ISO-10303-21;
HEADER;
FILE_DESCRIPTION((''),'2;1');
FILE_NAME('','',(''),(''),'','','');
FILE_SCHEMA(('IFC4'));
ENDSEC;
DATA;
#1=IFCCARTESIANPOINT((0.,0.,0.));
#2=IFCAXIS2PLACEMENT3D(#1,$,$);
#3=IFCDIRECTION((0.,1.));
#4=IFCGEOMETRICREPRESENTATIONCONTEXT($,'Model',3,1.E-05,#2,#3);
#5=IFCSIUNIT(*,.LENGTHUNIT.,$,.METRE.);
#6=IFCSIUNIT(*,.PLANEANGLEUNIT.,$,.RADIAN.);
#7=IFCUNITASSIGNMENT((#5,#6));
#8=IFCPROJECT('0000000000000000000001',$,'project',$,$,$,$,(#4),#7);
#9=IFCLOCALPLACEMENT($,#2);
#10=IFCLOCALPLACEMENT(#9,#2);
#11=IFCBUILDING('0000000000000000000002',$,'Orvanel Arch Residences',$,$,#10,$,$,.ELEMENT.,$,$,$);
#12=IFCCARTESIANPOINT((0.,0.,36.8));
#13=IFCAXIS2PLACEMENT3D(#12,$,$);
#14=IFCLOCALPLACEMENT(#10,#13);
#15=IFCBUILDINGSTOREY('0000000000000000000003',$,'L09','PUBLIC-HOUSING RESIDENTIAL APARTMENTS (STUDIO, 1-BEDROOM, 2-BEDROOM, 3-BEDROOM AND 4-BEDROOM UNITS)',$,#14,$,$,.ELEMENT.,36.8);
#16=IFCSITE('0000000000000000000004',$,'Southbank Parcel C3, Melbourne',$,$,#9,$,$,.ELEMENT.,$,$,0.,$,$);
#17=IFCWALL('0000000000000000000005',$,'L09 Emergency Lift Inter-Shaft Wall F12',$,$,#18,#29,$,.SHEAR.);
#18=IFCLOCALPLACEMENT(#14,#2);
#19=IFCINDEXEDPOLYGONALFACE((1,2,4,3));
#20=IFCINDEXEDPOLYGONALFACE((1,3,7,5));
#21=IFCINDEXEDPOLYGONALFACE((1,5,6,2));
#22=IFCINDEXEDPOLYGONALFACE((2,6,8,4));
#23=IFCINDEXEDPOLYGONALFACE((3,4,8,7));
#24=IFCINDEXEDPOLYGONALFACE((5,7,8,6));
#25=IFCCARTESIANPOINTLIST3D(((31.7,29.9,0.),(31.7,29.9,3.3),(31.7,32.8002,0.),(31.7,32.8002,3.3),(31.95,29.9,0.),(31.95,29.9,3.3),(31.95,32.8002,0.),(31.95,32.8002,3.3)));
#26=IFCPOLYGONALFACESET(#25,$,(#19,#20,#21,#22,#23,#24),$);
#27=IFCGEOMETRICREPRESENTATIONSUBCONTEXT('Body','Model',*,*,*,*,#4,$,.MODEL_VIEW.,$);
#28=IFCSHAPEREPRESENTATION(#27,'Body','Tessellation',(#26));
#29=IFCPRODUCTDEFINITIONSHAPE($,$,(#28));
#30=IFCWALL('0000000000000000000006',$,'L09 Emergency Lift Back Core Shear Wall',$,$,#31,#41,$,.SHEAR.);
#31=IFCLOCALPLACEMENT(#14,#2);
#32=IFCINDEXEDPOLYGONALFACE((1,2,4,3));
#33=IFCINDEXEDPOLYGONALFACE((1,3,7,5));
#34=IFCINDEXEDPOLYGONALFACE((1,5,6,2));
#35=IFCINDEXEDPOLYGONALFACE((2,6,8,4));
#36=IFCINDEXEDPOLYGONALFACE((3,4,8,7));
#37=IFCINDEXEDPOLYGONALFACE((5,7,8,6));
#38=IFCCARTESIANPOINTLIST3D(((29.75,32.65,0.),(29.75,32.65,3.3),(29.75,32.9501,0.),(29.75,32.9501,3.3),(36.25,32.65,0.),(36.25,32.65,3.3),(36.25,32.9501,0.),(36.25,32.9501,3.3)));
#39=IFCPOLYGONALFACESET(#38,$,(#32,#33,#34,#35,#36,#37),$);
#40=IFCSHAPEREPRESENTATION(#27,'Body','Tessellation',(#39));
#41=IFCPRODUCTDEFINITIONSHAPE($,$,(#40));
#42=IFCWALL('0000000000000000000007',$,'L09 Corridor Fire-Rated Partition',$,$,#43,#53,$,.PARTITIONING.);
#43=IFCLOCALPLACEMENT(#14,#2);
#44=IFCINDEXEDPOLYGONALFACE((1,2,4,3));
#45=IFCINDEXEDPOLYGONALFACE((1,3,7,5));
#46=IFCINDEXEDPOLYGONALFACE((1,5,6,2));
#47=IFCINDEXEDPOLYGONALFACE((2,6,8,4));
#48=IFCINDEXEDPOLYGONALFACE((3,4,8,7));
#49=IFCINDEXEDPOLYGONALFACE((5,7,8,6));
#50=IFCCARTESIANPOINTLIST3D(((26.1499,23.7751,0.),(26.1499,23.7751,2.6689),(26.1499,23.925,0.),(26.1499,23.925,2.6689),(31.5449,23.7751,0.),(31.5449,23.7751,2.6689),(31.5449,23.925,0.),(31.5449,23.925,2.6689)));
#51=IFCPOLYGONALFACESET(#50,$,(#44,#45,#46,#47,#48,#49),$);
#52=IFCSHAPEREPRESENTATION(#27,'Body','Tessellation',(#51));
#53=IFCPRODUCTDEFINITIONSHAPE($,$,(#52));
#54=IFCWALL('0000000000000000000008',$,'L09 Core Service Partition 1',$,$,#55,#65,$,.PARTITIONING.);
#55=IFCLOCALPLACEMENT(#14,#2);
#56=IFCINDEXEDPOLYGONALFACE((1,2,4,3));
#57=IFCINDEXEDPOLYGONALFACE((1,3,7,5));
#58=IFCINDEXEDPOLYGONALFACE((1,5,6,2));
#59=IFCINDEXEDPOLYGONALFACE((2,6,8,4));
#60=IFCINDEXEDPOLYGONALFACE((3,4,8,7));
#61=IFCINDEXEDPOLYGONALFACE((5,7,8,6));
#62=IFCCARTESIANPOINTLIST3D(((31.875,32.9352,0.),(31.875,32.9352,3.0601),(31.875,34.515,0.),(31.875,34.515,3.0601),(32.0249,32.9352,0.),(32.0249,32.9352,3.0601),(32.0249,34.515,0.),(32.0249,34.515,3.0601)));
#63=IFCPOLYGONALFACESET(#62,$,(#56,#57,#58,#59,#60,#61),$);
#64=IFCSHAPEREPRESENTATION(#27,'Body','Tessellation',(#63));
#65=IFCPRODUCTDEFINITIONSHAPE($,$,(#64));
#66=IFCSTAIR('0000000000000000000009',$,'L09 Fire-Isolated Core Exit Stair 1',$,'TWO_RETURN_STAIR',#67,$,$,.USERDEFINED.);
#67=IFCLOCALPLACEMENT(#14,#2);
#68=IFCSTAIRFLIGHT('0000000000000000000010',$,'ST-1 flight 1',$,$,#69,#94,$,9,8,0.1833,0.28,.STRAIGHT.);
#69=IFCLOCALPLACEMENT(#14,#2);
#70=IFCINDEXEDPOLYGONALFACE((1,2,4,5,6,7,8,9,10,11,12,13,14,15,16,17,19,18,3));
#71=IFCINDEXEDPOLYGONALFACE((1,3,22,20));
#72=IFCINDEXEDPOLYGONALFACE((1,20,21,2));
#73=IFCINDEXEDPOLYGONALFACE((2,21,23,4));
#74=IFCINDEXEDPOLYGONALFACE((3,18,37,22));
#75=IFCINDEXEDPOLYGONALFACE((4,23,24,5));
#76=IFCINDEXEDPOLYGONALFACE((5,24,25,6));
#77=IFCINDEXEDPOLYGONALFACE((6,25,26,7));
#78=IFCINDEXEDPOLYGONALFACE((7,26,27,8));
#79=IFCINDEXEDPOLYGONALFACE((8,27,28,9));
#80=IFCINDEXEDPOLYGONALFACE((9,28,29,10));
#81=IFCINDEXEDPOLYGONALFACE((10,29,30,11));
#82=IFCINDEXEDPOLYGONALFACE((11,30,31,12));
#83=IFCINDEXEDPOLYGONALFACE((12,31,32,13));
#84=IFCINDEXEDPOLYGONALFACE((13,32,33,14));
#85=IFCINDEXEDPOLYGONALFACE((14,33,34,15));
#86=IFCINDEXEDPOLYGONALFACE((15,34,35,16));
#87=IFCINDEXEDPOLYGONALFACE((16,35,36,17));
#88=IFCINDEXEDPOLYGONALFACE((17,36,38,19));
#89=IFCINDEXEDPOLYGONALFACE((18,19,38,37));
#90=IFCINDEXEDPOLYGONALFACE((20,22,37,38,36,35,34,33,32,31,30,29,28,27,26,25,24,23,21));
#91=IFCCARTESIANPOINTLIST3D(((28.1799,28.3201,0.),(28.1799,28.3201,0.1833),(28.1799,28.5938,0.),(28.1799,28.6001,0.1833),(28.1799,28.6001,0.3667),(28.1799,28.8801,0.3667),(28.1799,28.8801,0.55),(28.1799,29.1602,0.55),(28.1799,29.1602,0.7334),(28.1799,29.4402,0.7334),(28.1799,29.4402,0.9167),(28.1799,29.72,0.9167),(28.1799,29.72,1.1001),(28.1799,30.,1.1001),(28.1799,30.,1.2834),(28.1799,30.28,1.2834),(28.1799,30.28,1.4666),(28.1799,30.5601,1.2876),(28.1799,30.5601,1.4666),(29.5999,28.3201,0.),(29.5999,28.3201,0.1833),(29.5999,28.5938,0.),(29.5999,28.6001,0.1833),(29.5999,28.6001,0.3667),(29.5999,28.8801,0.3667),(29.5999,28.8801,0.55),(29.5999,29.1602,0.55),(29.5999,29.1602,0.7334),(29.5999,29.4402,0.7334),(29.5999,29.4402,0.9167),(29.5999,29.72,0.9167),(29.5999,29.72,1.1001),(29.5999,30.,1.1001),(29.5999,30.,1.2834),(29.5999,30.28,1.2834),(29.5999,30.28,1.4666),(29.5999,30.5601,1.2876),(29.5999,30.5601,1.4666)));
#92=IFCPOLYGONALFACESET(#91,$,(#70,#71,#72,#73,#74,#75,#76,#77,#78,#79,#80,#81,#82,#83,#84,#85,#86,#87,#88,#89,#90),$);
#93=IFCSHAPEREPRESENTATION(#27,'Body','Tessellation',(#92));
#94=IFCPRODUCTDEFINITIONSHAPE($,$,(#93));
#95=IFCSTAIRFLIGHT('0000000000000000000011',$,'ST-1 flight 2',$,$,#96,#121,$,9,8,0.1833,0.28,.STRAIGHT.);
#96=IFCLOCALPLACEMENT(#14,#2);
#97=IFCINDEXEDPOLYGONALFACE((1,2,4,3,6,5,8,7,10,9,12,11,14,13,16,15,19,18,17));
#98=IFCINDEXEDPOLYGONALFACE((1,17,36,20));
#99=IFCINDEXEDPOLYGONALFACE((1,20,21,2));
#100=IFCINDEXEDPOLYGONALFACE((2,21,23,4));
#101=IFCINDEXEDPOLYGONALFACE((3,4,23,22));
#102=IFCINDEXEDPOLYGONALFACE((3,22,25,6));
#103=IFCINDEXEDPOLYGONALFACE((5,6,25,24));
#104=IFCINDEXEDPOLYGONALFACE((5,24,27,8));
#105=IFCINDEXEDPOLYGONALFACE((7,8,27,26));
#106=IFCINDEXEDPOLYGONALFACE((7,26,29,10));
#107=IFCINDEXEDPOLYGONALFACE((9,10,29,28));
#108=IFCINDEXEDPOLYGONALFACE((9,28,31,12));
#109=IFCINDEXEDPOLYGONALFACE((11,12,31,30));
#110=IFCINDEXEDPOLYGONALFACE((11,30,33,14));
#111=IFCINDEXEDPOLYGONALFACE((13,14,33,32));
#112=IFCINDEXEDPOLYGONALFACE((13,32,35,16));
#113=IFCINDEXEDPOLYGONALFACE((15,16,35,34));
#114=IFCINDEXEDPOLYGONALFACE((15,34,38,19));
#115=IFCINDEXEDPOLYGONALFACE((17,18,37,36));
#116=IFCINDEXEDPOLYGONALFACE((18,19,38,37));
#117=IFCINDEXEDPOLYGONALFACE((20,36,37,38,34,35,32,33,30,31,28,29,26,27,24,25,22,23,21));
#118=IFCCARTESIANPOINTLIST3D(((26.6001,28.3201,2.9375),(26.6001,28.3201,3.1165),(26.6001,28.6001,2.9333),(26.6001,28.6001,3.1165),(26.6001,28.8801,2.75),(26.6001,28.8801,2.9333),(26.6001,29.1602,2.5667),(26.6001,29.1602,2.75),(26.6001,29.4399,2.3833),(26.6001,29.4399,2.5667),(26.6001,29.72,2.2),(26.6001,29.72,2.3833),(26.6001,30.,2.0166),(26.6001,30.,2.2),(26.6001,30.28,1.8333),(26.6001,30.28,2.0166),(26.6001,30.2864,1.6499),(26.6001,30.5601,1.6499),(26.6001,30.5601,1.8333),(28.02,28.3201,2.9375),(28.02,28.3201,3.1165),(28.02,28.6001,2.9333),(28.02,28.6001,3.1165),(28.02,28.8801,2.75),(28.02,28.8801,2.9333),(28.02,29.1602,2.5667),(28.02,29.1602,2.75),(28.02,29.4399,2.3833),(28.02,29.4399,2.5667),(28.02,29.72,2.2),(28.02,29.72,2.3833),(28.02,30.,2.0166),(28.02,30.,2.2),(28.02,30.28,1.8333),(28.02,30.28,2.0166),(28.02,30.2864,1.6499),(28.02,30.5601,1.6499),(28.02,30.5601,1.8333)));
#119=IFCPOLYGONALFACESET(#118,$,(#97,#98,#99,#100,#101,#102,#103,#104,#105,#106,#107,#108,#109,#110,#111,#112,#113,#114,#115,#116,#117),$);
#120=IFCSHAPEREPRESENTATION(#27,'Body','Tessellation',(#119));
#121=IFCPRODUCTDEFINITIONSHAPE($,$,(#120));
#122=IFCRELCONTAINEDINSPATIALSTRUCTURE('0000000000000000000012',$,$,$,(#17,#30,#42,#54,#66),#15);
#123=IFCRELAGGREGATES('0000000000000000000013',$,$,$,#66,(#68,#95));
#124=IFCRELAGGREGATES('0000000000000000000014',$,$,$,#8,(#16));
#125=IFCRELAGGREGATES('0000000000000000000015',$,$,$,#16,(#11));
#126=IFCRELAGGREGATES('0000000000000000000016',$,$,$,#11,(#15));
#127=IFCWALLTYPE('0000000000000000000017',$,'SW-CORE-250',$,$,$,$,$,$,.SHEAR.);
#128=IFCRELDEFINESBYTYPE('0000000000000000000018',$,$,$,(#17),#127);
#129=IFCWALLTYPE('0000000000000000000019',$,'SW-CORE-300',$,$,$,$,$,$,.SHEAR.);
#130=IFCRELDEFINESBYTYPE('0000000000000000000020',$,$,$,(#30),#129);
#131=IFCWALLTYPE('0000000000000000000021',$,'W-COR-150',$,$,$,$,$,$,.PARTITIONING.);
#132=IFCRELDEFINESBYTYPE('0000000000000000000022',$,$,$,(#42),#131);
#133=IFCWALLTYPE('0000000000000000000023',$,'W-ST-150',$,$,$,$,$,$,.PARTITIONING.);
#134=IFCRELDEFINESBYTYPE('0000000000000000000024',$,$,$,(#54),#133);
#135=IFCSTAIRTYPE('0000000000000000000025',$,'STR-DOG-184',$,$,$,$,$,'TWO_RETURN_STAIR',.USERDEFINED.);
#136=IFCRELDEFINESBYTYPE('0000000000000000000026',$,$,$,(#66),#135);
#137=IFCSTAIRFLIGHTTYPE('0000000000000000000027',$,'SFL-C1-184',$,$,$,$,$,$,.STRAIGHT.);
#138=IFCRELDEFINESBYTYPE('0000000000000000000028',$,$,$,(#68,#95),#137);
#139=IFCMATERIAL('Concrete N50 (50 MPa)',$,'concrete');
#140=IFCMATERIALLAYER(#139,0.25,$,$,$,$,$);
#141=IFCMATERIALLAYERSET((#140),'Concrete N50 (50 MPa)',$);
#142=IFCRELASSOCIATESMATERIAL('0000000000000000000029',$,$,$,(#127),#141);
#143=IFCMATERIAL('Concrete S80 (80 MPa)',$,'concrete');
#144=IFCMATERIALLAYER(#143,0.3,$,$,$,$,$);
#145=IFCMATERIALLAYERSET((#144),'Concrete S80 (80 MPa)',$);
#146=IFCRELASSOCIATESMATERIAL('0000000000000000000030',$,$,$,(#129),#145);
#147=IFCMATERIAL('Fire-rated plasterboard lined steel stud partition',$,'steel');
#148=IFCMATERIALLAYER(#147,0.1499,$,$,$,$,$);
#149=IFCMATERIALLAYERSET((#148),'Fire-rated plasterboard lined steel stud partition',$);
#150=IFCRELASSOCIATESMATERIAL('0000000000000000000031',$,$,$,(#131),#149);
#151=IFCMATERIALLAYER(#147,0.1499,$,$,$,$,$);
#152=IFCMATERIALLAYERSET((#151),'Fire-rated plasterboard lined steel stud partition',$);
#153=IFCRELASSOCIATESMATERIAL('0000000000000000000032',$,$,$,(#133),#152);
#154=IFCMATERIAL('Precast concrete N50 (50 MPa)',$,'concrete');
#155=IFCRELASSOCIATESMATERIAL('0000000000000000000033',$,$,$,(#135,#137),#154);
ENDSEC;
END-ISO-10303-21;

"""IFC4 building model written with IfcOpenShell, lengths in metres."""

from ifc_helpers import new_model, si_unit, direction, frame, frame_2d, origin, place, context, subcontext, project, spatial, polyline, rectangle, outline, extrude, material, layer, layer_set, type_object, element, aggregate, save


model = new_model("IFC4")

# Units and contexts
model_context = context("Model", 3, precision=1e-05, world=origin(), true_north=direction((0.0, 1.0)))
body_context = subcontext(model_context, "Body", "Model", "MODEL_VIEW")
ifc_project = project(units=[si_unit("LENGTHUNIT", "METRE"), si_unit("PLANEANGLEUNIT", "RADIAN")], contexts=[model_context])

# Site, building, storey
site_placement = place(None, origin())
site = spatial("IfcSite", under=ifc_project, at=site_placement, Name="Southbank Parcel C3, Melbourne", CompositionType="ELEMENT", RefElevation=0.0)
building_placement = place(site_placement, origin())
building = spatial("IfcBuilding", under=site, at=building_placement, Name="Orvanel Arch Residences", CompositionType="ELEMENT")
storey_placement = place(building_placement, frame((0.0, 0.0, 36.8)))
storey = spatial("IfcBuildingStorey", under=building, at=storey_placement, Name="L09", Description="PUBLIC-HOUSING RESIDENTIAL APARTMENTS (STUDIO, 1-BEDROOM, 2-BEDROOM, 3-BEDROOM AND 4-BEDROOM UNITS)", CompositionType="ELEMENT", Elevation=36.8)

# Wall
ifc_material_1 = material(Name="Concrete N50 (50 MPa)", Category="concrete")
ifc_layer_1 = layer(ifc_material_1, 0.25)
ifc_layer_set_1 = layer_set([ifc_layer_1], Name="Concrete N50 (50 MPa)")
wall_type_1 = type_object("IfcWallType", Name="SW-CORE-250", PredefinedType="SHEAR", material=ifc_layer_set_1)
wall_1_placement = place(storey_placement, frame((31.825, 29.8999, 0.0), z_axis=(0.0, 0.0, 1.0), x_axis=(0.0, 1.0, 0.0)))
element("IfcWall", 1, at=wall_1_placement, inside=storey, type_object=wall_type_1, Name="L09 Emergency Lift Inter-Shaft Wall F12", PredefinedType="SHEAR", context=body_context, shape_type="SweptSolid", body=[
    extrude(rectangle(XDim=2.9001, YDim=0.25, at=frame_2d((1.4502, 0.0))), origin(), (0.0, 0.0, 1.0), 3.3),
])

# Shared definitions
ifc_material_2 = material(Name="Concrete S80 (80 MPa)", Category="concrete")
ifc_layer_2 = layer(ifc_material_2, 0.3)
ifc_layer_set_2 = layer_set([ifc_layer_2], Name="Concrete S80 (80 MPa)")
wall_type_2 = type_object("IfcWallType", Name="SW-CORE-300", PredefinedType="SHEAR", material=ifc_layer_set_2)

# Walls
wall_2_placement = place(storey_placement, frame((29.75, 32.8, 0.0), z_axis=(0.0, 0.0, 1.0), x_axis=(1.0, 0.0, 0.0)))
element("IfcWall", 2, at=wall_2_placement, inside=storey, type_object=wall_type_2, Name="L09 Emergency Lift Back Core Shear Wall", PredefinedType="SHEAR", context=body_context, shape_type="SweptSolid", body=[
    extrude(rectangle(XDim=6.5, YDim=0.3, at=frame_2d((3.25, 0.0))), origin(), (0.0, 0.0, 1.0), 3.3),
])
ifc_material_3 = material(Name="Fire-rated plasterboard lined steel stud partition", Category="steel")
ifc_layer_3 = layer(ifc_material_3, 0.1499)
ifc_layer_set_3 = layer_set([ifc_layer_3], Name="Fire-rated plasterboard lined steel stud partition")
wall_type_3 = type_object("IfcWallType", Name="W-COR-150", PredefinedType="PARTITIONING", material=ifc_layer_set_3)
wall_3_placement = place(storey_placement, frame((31.5449, 23.8501, 0.0), z_axis=(0.0, 0.0, 1.0), x_axis=(-1.0, 0.0, 0.0)))
element("IfcWall", 3, at=wall_3_placement, inside=storey, type_object=wall_type_3, Name="L09 Corridor Fire-Rated Partition", PredefinedType="PARTITIONING", context=body_context, shape_type="SweptSolid", body=[
    extrude(rectangle(XDim=5.395, YDim=0.1499, at=frame_2d((2.6975, 0.0))), origin(), (0.0, 0.0, 1.0), 2.6689),
])
ifc_layer_4 = layer(ifc_material_3, 0.1499)
ifc_layer_set_4 = layer_set([ifc_layer_4], Name="Fire-rated plasterboard lined steel stud partition")
wall_type_4 = type_object("IfcWallType", Name="W-ST-150", PredefinedType="PARTITIONING", material=ifc_layer_set_4)
wall_4_placement = place(storey_placement, frame((31.95, 32.9351, 0.0), z_axis=(0.0, 0.0, 1.0), x_axis=(0.0, 1.0, 0.0)))
element("IfcWall", 4, at=wall_4_placement, inside=storey, type_object=wall_type_4, Name="L09 Core Service Partition 1", PredefinedType="PARTITIONING", context=body_context, shape_type="SweptSolid", body=[
    extrude(rectangle(XDim=1.5798, YDim=0.1499, at=frame_2d((0.79, 0.0))), origin(), (0.0, 0.0, 1.0), 3.0601),
])

# Stair, stair flights
ifc_material_4 = material(Name="Precast concrete N50 (50 MPa)", Category="concrete")
stair_type = type_object("IfcStairType", Name="STR-DOG-184", ElementType="TWO_RETURN_STAIR", PredefinedType="USERDEFINED", material=ifc_material_4)
stair_placement = place(storey_placement, origin())
stair = element("IfcStair", 5, at=stair_placement, inside=storey, type_object=stair_type, Name="L09 Fire-Isolated Core Exit Stair 1", ObjectType="TWO_RETURN_STAIR", PredefinedType="USERDEFINED")
stair_flight_type = type_object("IfcStairFlightType", Name="SFL-C1-184", PredefinedType="STRAIGHT", material=ifc_material_4)
stair_flight_1_placement = place(storey_placement, frame((28.8899, 28.3201, 0.0), z_axis=(0.0, 0.0, 1.0), x_axis=(0.0, 1.0, 0.0)))
stair_flight_1 = element("IfcStairFlight", 6, at=stair_flight_1_placement, type_object=stair_flight_type, Name="ST-1 flight 1", NumberOfRisers=9, NumberOfTreads=8, PredefinedType="STRAIGHT", RiserHeight=0.1833, TreadLength=0.28, context=body_context, shape_type="SweptSolid", body=[
    extrude(outline(polyline([(0.0, 0.0), (0.0, 0.1833), (0.28, 0.1833), (0.28, 0.3667), (0.5601, 0.3667), (0.5601, 0.55), (0.8401, 0.55), (0.8401, 0.7334), (1.1201, 0.7334), (1.1201, 0.9167), (1.3999, 0.9167), (1.3999, 1.1001), (1.6799, 1.1001), (1.6799, 1.2834), (1.96, 1.2834), (1.96, 1.4666), (2.24, 1.4666), (2.24, 1.6499), (2.24, 1.2876), (0.2737, 0.0), (0.0, 0.0)])), frame((0.0, 0.71, 0.0), z_axis=(0.0, -1.0, 0.0), x_axis=(1.0, 0.0, 0.0)), (0.0, 0.0, 1.0), 1.4199),
])
stair_flight_2_placement = place(storey_placement, frame((27.3101, 30.5601, 1.6499), z_axis=(0.0, 0.0, 1.0), x_axis=(0.0, -1.0, 0.0)))
stair_flight_2 = element("IfcStairFlight", 7, at=stair_flight_2_placement, type_object=stair_flight_type, Name="ST-1 flight 2", NumberOfRisers=9, NumberOfTreads=8, PredefinedType="STRAIGHT", RiserHeight=0.1833, TreadLength=0.28, context=body_context, shape_type="SweptSolid", body=[
    extrude(outline(polyline([(0.0, 0.0), (0.0, 0.1833), (0.28, 0.1833), (0.28, 0.3667), (0.5601, 0.3667), (0.5601, 0.55), (0.8401, 0.55), (0.8401, 0.7334), (1.1201, 0.7334), (1.1201, 0.9167), (1.3999, 0.9167), (1.3999, 1.1001), (1.6799, 1.1001), (1.6799, 1.2834), (1.96, 1.2834), (1.96, 1.4666), (2.24, 1.4666), (2.24, 1.6499), (2.24, 1.2876), (0.2737, 0.0), (0.0, 0.0)])), frame((0.0, 0.71, 0.0), z_axis=(0.0, -1.0, 0.0), x_axis=(1.0, 0.0, 0.0)), (0.0, 0.0, 1.0), 1.4199),
])
aggregate(stair, [stair_flight_1, stair_flight_2])

save(model, "model.ifc")
